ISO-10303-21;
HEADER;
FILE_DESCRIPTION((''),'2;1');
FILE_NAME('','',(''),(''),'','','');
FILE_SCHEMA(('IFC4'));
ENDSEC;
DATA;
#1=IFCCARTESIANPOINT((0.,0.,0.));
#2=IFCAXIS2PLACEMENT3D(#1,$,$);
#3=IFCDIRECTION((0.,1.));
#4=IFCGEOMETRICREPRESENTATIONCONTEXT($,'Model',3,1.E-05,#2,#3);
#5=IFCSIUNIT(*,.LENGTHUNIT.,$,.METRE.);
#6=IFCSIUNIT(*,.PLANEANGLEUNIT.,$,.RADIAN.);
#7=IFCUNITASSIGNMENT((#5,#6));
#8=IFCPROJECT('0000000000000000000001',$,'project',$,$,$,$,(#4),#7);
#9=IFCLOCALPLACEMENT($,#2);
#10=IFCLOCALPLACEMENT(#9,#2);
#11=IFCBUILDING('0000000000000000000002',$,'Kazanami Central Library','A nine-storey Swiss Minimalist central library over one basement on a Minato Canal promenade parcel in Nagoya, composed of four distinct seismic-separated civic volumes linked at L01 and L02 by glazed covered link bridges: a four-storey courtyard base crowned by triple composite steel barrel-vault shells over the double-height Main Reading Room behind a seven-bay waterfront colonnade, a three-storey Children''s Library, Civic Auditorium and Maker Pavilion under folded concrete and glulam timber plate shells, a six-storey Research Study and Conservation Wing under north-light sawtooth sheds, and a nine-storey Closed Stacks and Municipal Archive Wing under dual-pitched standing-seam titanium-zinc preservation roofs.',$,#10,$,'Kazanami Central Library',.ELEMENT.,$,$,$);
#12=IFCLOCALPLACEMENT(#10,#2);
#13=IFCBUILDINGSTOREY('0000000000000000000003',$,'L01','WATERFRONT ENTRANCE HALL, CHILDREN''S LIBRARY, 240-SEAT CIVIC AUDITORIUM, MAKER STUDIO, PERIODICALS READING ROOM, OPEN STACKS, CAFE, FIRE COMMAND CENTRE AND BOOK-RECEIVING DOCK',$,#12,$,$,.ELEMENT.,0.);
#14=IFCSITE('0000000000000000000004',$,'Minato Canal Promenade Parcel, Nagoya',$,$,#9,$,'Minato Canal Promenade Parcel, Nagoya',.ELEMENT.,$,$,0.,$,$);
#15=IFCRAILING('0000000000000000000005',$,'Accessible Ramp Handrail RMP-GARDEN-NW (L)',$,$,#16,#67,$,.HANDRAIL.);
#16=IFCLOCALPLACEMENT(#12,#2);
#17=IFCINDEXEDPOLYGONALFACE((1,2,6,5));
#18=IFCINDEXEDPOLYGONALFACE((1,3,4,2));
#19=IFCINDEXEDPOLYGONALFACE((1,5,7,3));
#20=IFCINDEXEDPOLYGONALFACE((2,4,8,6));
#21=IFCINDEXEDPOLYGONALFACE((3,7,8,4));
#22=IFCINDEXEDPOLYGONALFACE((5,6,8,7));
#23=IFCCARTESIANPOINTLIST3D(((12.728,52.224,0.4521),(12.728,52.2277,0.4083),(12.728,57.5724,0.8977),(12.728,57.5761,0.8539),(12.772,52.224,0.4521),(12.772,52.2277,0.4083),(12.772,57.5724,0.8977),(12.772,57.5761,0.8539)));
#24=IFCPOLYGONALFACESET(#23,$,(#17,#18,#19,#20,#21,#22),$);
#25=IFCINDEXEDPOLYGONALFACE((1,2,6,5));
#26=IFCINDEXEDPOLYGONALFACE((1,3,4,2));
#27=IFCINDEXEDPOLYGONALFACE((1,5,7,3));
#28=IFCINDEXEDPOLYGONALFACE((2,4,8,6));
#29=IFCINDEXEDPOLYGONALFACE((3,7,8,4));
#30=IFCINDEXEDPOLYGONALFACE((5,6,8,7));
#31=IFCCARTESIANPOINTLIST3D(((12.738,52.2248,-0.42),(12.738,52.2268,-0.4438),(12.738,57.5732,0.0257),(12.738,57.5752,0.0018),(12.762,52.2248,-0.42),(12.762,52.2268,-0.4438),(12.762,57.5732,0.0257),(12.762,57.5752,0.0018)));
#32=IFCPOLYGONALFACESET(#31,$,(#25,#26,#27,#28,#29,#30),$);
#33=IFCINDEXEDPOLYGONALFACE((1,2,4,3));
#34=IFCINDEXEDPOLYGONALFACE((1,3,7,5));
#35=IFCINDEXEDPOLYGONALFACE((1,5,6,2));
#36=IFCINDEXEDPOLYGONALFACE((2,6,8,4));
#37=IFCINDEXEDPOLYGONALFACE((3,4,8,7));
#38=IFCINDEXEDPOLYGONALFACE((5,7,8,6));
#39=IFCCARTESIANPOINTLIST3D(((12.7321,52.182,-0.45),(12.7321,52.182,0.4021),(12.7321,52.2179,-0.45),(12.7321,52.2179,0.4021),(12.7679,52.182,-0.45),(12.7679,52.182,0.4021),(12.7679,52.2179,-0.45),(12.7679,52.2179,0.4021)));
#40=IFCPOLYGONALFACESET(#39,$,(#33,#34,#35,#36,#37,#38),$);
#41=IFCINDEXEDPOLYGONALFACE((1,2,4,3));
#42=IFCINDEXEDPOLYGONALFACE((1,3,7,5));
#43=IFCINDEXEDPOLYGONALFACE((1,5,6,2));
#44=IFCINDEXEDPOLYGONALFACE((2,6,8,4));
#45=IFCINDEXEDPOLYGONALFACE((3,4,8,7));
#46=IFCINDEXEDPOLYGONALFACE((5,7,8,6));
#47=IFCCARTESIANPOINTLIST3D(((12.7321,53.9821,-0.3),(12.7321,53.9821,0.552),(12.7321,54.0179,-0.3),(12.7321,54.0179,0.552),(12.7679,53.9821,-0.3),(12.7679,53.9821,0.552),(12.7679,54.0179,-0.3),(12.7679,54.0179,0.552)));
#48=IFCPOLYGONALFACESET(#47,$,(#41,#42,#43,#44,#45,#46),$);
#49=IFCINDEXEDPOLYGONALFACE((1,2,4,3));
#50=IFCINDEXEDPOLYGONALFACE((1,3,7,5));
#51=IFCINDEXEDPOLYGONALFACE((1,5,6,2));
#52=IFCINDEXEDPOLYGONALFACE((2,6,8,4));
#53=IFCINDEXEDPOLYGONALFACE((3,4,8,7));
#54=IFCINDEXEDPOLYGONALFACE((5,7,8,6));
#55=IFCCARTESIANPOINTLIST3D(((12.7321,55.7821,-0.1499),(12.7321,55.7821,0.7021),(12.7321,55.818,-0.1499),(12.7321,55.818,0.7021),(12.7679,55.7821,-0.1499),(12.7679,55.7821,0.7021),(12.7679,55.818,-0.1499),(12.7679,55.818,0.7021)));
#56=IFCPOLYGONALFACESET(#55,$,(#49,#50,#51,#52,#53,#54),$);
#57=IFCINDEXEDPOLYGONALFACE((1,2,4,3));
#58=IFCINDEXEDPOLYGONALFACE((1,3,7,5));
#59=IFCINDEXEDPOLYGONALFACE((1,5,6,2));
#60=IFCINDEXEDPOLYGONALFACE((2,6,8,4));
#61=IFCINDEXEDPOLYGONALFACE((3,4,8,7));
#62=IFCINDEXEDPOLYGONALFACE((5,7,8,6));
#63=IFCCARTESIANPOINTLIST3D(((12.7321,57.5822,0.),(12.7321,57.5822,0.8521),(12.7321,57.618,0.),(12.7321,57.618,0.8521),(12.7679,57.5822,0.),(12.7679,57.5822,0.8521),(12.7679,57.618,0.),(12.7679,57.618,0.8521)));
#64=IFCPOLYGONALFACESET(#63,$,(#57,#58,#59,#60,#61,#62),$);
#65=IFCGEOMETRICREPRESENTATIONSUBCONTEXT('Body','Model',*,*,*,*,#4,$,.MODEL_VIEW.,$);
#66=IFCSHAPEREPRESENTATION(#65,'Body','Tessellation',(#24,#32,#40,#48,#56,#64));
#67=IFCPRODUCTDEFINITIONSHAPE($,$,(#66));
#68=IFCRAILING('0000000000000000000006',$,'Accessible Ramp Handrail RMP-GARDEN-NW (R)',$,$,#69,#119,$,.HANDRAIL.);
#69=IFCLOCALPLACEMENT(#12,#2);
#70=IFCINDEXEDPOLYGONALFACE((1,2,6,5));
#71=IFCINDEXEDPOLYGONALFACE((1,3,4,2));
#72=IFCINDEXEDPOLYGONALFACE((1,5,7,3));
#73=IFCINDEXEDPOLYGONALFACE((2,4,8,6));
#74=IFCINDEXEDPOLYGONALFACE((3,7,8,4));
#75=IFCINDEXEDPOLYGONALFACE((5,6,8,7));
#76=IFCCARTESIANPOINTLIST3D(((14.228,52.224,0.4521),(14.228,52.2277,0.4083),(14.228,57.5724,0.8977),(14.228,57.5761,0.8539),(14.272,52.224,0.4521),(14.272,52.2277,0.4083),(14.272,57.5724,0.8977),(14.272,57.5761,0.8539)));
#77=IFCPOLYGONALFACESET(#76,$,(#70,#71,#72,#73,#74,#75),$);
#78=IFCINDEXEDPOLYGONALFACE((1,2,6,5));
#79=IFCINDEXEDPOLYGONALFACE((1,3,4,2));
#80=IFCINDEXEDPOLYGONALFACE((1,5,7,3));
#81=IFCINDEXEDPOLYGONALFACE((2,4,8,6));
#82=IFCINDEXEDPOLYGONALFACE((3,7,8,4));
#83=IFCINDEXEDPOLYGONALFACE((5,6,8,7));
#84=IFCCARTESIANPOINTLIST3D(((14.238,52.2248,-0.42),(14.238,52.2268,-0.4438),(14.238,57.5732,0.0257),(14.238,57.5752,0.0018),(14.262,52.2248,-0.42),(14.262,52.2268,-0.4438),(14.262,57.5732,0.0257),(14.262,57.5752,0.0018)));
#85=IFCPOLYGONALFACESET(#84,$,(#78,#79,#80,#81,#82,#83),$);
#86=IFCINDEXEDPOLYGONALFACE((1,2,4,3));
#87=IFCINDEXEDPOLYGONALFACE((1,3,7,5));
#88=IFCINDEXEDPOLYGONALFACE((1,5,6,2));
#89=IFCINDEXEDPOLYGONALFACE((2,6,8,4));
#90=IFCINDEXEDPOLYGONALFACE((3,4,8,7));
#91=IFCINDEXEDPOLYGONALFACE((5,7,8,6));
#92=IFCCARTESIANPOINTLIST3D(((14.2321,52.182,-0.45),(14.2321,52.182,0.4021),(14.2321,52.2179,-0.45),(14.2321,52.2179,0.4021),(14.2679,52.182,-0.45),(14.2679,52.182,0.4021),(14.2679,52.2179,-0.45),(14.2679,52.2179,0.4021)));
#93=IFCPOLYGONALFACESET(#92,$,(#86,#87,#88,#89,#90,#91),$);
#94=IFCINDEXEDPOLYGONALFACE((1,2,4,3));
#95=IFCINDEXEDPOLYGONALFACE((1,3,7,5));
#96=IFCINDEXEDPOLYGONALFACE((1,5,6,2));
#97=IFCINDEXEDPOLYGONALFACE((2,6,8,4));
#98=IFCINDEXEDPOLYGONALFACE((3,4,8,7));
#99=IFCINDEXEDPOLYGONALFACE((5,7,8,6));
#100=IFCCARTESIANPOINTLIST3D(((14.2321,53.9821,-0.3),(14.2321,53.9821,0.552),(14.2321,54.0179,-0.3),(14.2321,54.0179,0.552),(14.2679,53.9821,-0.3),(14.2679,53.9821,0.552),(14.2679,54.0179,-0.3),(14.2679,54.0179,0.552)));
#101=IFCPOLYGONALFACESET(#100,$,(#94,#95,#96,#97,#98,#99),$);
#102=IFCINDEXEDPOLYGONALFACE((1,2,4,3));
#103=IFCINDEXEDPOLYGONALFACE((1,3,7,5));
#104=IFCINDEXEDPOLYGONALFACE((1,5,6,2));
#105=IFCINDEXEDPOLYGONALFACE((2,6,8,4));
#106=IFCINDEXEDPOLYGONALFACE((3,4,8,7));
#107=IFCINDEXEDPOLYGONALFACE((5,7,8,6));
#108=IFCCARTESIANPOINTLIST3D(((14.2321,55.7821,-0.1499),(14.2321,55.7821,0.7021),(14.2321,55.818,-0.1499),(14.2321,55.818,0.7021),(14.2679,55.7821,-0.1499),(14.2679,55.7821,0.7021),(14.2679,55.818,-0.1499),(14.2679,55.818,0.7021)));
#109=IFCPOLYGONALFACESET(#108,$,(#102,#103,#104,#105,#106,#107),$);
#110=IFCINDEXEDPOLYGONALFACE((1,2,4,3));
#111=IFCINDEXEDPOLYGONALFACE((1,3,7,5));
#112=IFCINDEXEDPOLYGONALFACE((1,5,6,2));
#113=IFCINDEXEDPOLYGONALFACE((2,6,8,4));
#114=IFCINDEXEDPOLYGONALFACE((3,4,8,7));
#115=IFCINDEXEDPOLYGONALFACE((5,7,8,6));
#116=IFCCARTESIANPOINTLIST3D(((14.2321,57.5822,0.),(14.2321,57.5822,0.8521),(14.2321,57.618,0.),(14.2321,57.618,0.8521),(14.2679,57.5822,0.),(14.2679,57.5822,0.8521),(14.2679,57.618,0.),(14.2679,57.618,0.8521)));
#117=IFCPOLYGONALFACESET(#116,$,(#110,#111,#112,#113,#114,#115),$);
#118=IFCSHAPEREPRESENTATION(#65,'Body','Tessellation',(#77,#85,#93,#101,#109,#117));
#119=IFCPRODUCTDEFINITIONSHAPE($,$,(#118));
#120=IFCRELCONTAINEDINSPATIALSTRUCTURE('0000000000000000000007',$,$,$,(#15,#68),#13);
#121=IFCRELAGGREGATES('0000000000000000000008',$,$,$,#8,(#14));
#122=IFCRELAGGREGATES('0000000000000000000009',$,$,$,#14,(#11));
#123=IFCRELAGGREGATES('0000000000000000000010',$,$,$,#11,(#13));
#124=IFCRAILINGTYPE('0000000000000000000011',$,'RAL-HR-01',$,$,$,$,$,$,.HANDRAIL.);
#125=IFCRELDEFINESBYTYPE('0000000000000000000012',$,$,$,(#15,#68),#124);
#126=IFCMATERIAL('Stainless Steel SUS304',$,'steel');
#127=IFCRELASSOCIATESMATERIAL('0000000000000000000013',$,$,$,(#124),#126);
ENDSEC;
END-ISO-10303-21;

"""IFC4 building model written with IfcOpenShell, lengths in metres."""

from ifc_helpers import new_model, si_unit, direction, frame, origin, origin_2d, place, context, subcontext, project, spatial, rectangle, extrude, material, type_object, element, save


model = new_model("IFC4")

# Units and contexts
model_context = context("Model", 3, precision=1e-05, world=origin(), true_north=direction((0.0, 1.0)))
body_context = subcontext(model_context, "Body", "Model", "MODEL_VIEW")
ifc_project = project(units=[si_unit("LENGTHUNIT", "METRE"), si_unit("PLANEANGLEUNIT", "RADIAN")], contexts=[model_context])

# Site, building, storey
site_placement = place(None, origin())
site = spatial("IfcSite", under=ifc_project, at=site_placement, Name="Minato Canal Promenade Parcel, Nagoya", LongName="Minato Canal Promenade Parcel, Nagoya", CompositionType="ELEMENT", RefElevation=0.0)
building_placement = place(site_placement, origin())
building = spatial("IfcBuilding", under=site, at=building_placement, Name="Kazanami Central Library", Description="A nine-storey Swiss Minimalist central library over one basement on a Minato Canal promenade parcel in Nagoya, composed of four distinct seismic-separated civic volumes linked at L01 and L02 by glazed covered link bridges: a four-storey courtyard base crowned by triple composite steel barrel-vault shells over the double-height Main Reading Room behind a seven-bay waterfront colonnade, a three-storey Children's Library, Civic Auditorium and Maker Pavilion under folded concrete and glulam timber plate shells, a six-storey Research Study and Conservation Wing under north-light sawtooth sheds, and a nine-storey Closed Stacks and Municipal Archive Wing under dual-pitched standing-seam titanium-zinc preservation roofs.", LongName="Kazanami Central Library", CompositionType="ELEMENT")
storey_placement = place(building_placement, origin())
storey = spatial("IfcBuildingStorey", under=building, at=storey_placement, Name="L01", Description="WATERFRONT ENTRANCE HALL, CHILDREN'S LIBRARY, 240-SEAT CIVIC AUDITORIUM, MAKER STUDIO, PERIODICALS READING ROOM, OPEN STACKS, CAFE, FIRE COMMAND CENTRE AND BOOK-RECEIVING DOCK", CompositionType="ELEMENT", Elevation=0.0)

# Railings
ifc_material_1 = material(Name="Stainless Steel SUS304", Category="steel")
railing_type = type_object("IfcRailingType", Name="RAL-HR-01", PredefinedType="HANDRAIL", material=ifc_material_1)
for number, where, name in (
    (1, (12.75, 52.2, -0.45), "Accessible Ramp Handrail RMP-GARDEN-NW (L)"),
    (2, (14.25, 52.2, -0.45), "Accessible Ramp Handrail RMP-GARDEN-NW (R)"),
):
    element("IfcRailing", number, at=place(storey_placement, frame(where)), inside=storey, type_object=railing_type, Name=name, PredefinedType="HANDRAIL", context=body_context, shape_type="SweptSolid", body=[
        extrude(rectangle(XDim=0.0439, YDim=0.0439, at=origin_2d()), frame((0.0, 0.0259, 0.8801), z_axis=(0.0, 0.996547, 0.083034), x_axis=(-1.0, 0.0, 0.0)), (0.0, 0.0, 1.0), 5.3669),
        extrude(rectangle(XDim=0.0239, YDim=0.0239, at=origin_2d()), frame((0.0, 0.0259, 0.0181), z_axis=(0.0, 0.996547, 0.083034), x_axis=(-1.0, 0.0, 0.0)), (0.0, 0.0, 1.0), 5.3669),
        extrude(rectangle(XDim=0.0359, YDim=0.0359, at=origin_2d()), origin(), (0.0, 0.0, 1.0), 0.8521),
        extrude(rectangle(XDim=0.0359, YDim=0.0359, at=origin_2d()), frame((0.0, 1.8, 0.1499)), (0.0, 0.0, 1.0), 0.8521),
        extrude(rectangle(XDim=0.0359, YDim=0.0359, at=origin_2d()), frame((0.0, 3.6001, 0.3)), (0.0, 0.0, 1.0), 0.8521),
        extrude(rectangle(XDim=0.0359, YDim=0.0359, at=origin_2d()), frame((0.0, 5.4001, 0.45)), (0.0, 0.0, 1.0), 0.8521),
    ])

save(model, "model.ifc")
